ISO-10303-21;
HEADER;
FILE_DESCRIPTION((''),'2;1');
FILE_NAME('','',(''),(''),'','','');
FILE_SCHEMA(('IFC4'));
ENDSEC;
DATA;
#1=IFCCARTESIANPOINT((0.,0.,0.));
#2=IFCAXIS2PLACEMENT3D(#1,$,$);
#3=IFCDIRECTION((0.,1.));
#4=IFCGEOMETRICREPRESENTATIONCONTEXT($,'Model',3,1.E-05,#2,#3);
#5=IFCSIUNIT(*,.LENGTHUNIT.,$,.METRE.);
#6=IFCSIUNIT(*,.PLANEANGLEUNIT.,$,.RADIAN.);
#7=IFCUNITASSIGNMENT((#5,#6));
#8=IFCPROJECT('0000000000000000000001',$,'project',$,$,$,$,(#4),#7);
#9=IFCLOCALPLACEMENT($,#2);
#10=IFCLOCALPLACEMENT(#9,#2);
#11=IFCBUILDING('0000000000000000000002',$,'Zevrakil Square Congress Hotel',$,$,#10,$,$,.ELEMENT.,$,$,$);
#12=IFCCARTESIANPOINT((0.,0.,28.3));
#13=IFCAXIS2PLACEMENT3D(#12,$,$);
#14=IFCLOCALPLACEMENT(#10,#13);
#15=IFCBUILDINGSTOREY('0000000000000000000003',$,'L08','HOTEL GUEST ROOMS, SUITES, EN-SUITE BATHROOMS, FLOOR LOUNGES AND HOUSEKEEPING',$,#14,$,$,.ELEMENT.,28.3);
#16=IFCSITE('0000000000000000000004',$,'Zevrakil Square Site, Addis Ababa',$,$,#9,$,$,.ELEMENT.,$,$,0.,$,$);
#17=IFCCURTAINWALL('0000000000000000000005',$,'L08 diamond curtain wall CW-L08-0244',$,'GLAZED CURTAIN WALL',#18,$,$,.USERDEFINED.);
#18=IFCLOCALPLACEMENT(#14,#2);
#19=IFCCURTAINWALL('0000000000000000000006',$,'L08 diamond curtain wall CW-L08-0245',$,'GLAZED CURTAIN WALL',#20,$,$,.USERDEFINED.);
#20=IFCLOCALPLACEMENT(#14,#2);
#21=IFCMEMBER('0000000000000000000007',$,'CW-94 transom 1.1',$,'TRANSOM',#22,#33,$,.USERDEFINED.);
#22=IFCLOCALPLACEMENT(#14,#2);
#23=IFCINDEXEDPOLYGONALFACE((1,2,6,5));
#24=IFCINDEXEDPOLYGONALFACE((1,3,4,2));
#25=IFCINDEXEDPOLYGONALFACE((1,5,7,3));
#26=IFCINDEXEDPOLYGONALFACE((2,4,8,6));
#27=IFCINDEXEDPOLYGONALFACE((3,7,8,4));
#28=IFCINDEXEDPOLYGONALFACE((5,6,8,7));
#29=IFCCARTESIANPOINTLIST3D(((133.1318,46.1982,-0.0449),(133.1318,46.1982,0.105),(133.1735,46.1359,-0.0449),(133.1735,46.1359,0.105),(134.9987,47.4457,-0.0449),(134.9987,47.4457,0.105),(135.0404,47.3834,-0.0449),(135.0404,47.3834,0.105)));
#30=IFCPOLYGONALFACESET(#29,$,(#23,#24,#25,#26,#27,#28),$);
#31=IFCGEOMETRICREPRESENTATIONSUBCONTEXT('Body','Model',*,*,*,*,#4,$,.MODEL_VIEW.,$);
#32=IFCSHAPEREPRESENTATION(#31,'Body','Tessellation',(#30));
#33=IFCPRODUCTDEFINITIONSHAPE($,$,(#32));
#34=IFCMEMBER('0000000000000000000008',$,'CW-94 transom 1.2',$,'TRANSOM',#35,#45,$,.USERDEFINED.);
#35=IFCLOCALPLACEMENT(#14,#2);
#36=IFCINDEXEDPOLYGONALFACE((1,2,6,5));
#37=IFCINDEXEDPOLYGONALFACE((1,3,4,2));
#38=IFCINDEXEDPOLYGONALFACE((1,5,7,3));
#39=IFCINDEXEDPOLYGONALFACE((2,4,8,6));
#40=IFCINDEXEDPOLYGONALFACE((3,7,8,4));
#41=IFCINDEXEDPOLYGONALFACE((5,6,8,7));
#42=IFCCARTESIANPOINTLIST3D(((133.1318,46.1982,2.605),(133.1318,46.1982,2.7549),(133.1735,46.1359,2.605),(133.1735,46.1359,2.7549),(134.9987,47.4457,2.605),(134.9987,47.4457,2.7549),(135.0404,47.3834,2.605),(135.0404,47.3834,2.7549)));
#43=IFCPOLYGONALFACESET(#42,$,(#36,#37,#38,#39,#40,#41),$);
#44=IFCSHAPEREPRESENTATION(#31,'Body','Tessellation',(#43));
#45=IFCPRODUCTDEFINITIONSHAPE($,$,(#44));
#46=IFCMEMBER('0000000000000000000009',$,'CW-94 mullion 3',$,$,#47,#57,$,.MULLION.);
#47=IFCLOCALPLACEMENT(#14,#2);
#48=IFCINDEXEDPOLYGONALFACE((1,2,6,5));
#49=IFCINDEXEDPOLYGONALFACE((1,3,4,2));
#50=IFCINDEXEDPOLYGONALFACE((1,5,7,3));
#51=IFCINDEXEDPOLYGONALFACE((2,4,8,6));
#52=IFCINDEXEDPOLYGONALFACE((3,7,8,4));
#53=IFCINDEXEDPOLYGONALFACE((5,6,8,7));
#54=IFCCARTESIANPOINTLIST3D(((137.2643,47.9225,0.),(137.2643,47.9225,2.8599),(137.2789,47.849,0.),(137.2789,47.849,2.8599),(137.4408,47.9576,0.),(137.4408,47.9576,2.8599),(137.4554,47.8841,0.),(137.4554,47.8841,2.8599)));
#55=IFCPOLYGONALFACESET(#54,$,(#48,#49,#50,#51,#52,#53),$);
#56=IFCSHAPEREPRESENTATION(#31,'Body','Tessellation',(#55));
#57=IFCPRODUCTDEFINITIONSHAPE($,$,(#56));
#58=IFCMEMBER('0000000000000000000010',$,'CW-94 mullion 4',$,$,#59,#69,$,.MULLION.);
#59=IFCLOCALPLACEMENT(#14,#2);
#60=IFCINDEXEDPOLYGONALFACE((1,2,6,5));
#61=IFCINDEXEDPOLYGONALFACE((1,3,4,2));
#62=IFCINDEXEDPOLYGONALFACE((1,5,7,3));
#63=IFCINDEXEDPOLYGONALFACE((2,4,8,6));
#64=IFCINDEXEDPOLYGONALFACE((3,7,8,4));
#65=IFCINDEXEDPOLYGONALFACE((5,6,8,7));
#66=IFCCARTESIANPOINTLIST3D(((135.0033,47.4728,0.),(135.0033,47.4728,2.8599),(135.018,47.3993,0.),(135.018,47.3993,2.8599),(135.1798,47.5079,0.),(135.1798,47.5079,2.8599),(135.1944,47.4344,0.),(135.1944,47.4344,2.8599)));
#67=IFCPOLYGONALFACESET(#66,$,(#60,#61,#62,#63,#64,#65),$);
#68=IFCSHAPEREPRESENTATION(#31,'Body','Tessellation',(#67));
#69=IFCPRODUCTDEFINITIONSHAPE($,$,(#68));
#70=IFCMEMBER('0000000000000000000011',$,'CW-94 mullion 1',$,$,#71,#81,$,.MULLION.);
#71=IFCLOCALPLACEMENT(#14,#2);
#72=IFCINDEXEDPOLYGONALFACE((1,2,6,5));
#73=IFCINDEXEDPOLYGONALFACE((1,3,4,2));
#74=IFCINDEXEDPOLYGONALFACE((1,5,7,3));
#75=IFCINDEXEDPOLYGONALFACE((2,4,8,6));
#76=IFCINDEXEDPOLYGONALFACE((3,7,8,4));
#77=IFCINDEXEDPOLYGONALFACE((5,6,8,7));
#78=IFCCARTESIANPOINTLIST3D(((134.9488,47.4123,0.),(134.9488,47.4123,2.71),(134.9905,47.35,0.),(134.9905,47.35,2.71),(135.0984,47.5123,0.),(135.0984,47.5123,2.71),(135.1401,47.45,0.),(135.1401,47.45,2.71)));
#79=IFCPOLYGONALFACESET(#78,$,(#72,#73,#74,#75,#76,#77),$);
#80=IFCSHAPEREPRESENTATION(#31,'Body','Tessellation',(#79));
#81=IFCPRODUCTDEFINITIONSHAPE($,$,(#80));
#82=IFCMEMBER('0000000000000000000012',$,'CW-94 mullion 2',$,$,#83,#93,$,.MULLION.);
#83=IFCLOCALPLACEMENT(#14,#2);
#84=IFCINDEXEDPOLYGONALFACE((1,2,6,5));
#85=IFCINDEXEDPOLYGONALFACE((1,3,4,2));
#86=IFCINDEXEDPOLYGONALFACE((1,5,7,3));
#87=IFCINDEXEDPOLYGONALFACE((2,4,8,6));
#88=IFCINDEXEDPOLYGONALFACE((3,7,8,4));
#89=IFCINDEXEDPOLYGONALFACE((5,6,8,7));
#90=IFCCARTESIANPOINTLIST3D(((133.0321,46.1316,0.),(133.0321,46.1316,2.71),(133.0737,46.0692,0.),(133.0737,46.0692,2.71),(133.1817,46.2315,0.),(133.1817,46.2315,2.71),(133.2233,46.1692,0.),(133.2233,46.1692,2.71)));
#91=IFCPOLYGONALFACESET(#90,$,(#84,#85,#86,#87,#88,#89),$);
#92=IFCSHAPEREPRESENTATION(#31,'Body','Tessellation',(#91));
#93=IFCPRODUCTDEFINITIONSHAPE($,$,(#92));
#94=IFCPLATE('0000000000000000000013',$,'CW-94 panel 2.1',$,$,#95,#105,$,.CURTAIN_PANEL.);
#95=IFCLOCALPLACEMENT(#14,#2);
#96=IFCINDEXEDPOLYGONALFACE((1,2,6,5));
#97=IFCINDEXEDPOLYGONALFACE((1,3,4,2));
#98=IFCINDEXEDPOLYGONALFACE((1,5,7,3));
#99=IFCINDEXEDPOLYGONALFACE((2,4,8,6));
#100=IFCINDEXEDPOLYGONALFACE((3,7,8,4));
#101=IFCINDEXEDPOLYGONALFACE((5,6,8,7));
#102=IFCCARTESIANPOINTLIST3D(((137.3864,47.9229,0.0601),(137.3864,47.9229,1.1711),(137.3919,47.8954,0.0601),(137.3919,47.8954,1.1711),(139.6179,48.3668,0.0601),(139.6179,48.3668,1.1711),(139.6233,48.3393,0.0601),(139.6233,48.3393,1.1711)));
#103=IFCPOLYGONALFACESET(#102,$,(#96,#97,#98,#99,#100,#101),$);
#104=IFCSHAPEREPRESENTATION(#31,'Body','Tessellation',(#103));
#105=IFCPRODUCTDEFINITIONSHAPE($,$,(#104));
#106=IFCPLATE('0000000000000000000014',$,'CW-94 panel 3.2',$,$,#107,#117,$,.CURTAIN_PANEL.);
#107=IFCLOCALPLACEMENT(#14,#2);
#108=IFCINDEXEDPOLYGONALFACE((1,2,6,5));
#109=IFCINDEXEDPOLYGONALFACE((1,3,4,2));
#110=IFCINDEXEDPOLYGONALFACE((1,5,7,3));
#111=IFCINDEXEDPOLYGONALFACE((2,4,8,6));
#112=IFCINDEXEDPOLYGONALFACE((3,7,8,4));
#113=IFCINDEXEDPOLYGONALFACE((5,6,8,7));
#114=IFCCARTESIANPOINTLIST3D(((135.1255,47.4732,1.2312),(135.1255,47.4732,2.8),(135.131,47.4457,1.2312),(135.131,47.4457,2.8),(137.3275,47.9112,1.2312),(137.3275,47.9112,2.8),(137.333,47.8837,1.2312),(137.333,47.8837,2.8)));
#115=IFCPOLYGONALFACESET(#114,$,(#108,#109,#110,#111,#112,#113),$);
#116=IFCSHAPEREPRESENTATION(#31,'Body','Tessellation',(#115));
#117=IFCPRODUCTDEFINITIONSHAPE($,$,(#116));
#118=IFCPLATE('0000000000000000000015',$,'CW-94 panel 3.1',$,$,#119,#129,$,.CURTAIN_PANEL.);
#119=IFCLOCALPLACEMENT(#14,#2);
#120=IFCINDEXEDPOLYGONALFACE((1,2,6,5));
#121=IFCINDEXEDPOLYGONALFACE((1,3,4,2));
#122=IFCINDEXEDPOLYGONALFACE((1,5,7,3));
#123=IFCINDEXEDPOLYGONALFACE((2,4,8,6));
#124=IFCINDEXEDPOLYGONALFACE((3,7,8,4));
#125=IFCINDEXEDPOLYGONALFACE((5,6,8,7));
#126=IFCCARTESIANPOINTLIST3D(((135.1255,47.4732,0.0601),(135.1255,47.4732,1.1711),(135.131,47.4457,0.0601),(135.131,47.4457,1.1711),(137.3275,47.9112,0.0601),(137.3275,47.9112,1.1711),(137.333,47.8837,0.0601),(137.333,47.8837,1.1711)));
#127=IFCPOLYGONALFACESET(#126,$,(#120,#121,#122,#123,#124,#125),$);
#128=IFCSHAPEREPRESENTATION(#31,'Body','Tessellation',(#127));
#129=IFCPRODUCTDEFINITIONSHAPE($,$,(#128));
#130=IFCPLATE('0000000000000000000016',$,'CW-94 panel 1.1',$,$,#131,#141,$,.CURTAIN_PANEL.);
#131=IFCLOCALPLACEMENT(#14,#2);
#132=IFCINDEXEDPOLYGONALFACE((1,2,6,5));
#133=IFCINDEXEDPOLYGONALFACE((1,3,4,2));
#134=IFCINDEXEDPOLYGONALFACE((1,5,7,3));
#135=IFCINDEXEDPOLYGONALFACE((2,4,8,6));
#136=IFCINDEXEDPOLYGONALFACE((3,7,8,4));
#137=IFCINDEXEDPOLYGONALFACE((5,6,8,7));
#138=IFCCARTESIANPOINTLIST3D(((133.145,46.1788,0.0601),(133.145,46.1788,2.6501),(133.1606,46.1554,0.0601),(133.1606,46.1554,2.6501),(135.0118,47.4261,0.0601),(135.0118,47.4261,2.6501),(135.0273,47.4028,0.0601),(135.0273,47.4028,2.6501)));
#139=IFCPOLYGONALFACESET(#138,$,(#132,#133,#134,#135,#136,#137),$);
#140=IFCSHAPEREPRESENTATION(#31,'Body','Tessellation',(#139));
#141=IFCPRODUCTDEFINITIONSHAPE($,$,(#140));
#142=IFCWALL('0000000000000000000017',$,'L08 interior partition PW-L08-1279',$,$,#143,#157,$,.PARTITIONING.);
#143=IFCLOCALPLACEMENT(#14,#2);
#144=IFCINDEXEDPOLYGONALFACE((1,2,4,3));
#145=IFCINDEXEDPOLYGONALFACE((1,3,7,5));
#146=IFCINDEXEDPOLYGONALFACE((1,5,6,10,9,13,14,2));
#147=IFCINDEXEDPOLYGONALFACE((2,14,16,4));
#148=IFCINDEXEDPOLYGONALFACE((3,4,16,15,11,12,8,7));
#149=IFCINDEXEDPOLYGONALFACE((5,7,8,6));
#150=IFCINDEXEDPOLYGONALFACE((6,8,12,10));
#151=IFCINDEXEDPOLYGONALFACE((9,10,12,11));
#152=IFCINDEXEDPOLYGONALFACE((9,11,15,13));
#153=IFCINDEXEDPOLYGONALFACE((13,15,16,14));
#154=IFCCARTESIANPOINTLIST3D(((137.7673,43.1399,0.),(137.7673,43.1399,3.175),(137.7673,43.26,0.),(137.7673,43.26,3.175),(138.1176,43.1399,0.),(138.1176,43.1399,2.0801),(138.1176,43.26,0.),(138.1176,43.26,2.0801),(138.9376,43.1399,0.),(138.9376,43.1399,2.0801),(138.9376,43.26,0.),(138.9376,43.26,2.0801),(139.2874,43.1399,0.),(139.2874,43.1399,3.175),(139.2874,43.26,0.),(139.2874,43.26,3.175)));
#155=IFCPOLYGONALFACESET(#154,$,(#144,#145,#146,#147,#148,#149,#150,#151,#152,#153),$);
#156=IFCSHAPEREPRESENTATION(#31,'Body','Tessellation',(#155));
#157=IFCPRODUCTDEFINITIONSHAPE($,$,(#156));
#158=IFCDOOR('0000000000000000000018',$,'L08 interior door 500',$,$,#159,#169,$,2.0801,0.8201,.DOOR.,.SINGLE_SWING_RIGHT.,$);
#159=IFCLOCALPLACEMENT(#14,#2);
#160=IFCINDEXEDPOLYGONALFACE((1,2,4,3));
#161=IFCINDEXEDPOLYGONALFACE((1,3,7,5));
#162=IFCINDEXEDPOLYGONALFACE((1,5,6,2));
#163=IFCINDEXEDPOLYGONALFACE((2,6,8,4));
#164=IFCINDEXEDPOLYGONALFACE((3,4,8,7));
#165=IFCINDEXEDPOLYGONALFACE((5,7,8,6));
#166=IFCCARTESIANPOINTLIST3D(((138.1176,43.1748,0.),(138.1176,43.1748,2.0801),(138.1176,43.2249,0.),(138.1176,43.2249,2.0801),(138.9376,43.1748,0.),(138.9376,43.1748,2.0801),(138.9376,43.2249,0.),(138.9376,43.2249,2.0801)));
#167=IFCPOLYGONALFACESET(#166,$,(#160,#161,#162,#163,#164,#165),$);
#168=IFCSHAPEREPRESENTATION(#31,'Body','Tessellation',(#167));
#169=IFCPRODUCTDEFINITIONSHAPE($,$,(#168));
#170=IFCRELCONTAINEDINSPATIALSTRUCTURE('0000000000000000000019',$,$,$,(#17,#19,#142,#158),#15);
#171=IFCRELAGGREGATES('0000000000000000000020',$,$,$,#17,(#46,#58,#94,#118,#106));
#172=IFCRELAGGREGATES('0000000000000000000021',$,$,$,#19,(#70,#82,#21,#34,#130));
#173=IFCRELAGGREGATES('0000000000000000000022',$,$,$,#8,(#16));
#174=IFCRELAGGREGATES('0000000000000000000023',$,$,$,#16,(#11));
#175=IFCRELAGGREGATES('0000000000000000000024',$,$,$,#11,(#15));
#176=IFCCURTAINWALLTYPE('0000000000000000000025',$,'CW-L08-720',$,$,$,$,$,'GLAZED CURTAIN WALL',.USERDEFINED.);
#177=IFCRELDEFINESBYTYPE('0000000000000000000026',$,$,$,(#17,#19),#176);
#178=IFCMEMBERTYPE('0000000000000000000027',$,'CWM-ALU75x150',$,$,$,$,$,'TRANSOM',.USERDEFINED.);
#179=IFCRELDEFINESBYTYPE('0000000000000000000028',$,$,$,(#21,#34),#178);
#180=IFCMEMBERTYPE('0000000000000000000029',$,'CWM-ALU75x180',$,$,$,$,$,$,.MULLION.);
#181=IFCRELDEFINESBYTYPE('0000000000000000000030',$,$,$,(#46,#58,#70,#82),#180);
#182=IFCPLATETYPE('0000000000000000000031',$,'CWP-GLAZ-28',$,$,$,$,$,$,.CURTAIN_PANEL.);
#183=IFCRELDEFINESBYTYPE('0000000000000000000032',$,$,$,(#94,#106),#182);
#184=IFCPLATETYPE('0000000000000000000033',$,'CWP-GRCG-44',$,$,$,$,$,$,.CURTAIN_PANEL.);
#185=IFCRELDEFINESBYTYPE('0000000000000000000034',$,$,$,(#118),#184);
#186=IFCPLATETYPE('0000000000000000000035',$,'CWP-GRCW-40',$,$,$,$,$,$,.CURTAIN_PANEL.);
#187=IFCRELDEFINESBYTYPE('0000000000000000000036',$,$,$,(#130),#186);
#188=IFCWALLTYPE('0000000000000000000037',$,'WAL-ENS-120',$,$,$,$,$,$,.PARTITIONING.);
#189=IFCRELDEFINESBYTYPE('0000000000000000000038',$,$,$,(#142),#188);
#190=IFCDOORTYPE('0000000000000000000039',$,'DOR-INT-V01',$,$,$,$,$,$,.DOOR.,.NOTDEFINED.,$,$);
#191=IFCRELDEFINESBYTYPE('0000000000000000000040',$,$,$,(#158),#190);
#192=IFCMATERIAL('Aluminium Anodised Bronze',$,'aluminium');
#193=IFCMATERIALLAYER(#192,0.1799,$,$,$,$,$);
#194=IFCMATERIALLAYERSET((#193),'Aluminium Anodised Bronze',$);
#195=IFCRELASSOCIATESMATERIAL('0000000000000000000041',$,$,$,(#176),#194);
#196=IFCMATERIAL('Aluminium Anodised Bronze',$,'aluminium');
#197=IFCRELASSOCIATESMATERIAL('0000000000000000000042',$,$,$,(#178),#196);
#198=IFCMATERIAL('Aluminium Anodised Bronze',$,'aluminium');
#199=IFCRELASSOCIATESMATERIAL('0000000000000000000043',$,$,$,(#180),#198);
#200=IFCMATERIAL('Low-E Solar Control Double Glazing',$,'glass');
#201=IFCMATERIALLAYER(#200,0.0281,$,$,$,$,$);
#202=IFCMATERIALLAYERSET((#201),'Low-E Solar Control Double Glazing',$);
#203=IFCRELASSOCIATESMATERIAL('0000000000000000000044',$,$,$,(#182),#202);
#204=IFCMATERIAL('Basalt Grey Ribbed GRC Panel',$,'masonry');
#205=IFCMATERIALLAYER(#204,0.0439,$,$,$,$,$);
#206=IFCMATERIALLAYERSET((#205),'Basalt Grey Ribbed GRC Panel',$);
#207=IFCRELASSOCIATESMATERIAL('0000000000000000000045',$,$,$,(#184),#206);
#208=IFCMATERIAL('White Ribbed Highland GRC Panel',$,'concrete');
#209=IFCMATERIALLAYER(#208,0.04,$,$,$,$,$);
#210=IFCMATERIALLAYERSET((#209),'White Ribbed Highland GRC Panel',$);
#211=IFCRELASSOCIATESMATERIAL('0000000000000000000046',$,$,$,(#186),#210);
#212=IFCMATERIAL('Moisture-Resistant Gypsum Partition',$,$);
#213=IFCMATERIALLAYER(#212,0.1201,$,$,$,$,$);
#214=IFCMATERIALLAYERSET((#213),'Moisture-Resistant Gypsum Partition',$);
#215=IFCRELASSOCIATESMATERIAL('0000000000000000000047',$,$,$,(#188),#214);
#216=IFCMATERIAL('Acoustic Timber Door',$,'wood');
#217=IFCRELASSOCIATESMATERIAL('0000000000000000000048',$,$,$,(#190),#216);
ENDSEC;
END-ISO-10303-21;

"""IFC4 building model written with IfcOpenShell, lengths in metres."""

from ifc_helpers import new_model, si_unit, direction, frame, frame_2d, origin, origin_2d, place, context, subcontext, project, spatial, rectangle, extrude, material, layer, layer_set, material_profile, profile_set, type_object, element, fill, aggregate, save


model = new_model("IFC4")

# Units and contexts
model_context = context("Model", 3, precision=1e-05, world=origin(), true_north=direction((0.0, 1.0)))
body_context = subcontext(model_context, "Body", "Model", "MODEL_VIEW")
ifc_project = project(units=[si_unit("LENGTHUNIT", "METRE"), si_unit("PLANEANGLEUNIT", "RADIAN")], contexts=[model_context])

# Site, building, storey
site_placement = place(None, origin())
site = spatial("IfcSite", under=ifc_project, at=site_placement, Name="Zevrakil Square Site, Addis Ababa", CompositionType="ELEMENT", RefElevation=0.0)
building_placement = place(site_placement, origin())
building = spatial("IfcBuilding", under=site, at=building_placement, Name="Zevrakil Square Congress Hotel", CompositionType="ELEMENT")
storey_placement = place(building_placement, frame((0.0, 0.0, 28.3)))
storey = spatial("IfcBuildingStorey", under=building, at=storey_placement, Name="L08", Description="HOTEL GUEST ROOMS, SUITES, EN-SUITE BATHROOMS, FLOOR LOUNGES AND HOUSEKEEPING", CompositionType="ELEMENT", Elevation=28.3)

# Curtain walls, members
ifc_material_1 = material(Name="Aluminium Anodised Bronze", Category="aluminium")
ifc_layer_1 = layer(ifc_material_1, 0.1799)
ifc_layer_set_1 = layer_set([ifc_layer_1], Name="Aluminium Anodised Bronze")
curtain_wall_type = type_object("IfcCurtainWallType", Name="CW-L08-720", ElementType="GLAZED CURTAIN WALL", PredefinedType="USERDEFINED", material=ifc_layer_set_1)
curtain_wall_1_placement = place(storey_placement, origin())
curtain_wall_1 = element("IfcCurtainWall", 1, at=curtain_wall_1_placement, inside=storey, type_object=curtain_wall_type, Name="L08 diamond curtain wall CW-L08-0244", ObjectType="GLAZED CURTAIN WALL", PredefinedType="USERDEFINED")
ifc_material_2 = material(Name="Aluminium Anodised Bronze", Category="aluminium")
ifc_material_profile_1 = material_profile(ifc_material_2, rectangle(XDim=0.075, YDim=0.1499, at=origin_2d()), Name="ALU 75x150")
ifc_profile_set_1 = profile_set([ifc_material_profile_1], Name="Aluminium Anodised Bronze")
member_type_1 = type_object("IfcMemberType", Name="CWM-ALU75x150", ElementType="TRANSOM", PredefinedType="USERDEFINED", material=ifc_profile_set_1)
curtain_wall_2_placement = place(storey_placement, origin())
curtain_wall_2 = element("IfcCurtainWall", 2, at=curtain_wall_2_placement, inside=storey, type_object=curtain_wall_type, Name="L08 diamond curtain wall CW-L08-0245", ObjectType="GLAZED CURTAIN WALL", PredefinedType="USERDEFINED")
member_1_placement = place(storey_placement, frame((135.0195, 47.4146, 0.03), z_axis=(-0.831448, -0.555603, 0.0), x_axis=(0.555603, -0.831448, 0.0)))
member_1 = element("IfcMember", 3, at=member_1_placement, type_object=member_type_1, Name="CW-94 transom 1.1", ObjectType="TRANSOM", PredefinedType="USERDEFINED", context=body_context, shape_type="SweptSolid", body=[
    extrude(rectangle(XDim=0.075, YDim=0.1499, at=origin_2d()), origin(), (0.0, 0.0, 1.0), 2.2454),
])
member_2_placement = place(storey_placement, frame((135.0195, 47.4146, 2.6799), z_axis=(-0.831448, -0.555603, 0.0), x_axis=(0.555603, -0.831448, 0.0)))
member_2 = element("IfcMember", 4, at=member_2_placement, type_object=member_type_1, Name="CW-94 transom 1.2", ObjectType="TRANSOM", PredefinedType="USERDEFINED", context=body_context, shape_type="SweptSolid", body=[
    extrude(rectangle(XDim=0.075, YDim=0.1499, at=origin_2d()), origin(), (0.0, 0.0, 1.0), 2.2454),
])

# Members
ifc_material_3 = material(Name="Aluminium Anodised Bronze", Category="aluminium")
ifc_material_profile_2 = material_profile(ifc_material_3, rectangle(XDim=0.075, YDim=0.1799, at=origin_2d()), Name="ALU 75x180")
ifc_profile_set_2 = profile_set([ifc_material_profile_2], Name="Aluminium Anodised Bronze")
member_type_2 = type_object("IfcMemberType", Name="CWM-ALU75x180", PredefinedType="MULLION", material=ifc_profile_set_2)
member_3_placement = place(storey_placement, frame((137.3599, 47.9033, 0.0), z_axis=(0.0, 0.0, 1.0), x_axis=(0.195084, -0.980787, 0.0)))
member_3 = element("IfcMember", 5, at=member_3_placement, type_object=member_type_2, Name="CW-94 mullion 3", PredefinedType="MULLION", context=body_context, shape_type="SweptSolid", body=[
    extrude(rectangle(XDim=0.075, YDim=0.1799, at=origin_2d()), origin(), (0.0, 0.0, 1.0), 2.8599),
])
member_4_placement = place(storey_placement, frame((135.0989, 47.4536, 0.0), z_axis=(0.0, 0.0, 1.0), x_axis=(0.195084, -0.980787, 0.0)))
member_4 = element("IfcMember", 6, at=member_4_placement, type_object=member_type_2, Name="CW-94 mullion 4", PredefinedType="MULLION", context=body_context, shape_type="SweptSolid", body=[
    extrude(rectangle(XDim=0.075, YDim=0.1799, at=origin_2d()), origin(), (0.0, 0.0, 1.0), 2.8599),
])
member_5_placement = place(storey_placement, frame((135.0444, 47.4312, 0.0), z_axis=(0.0, 0.0, 1.0), x_axis=(0.555576, -0.831466, 0.0)))
member_5 = element("IfcMember", 7, at=member_5_placement, type_object=member_type_2, Name="CW-94 mullion 1", PredefinedType="MULLION", context=body_context, shape_type="SweptSolid", body=[
    extrude(rectangle(XDim=0.075, YDim=0.1799, at=origin_2d()), origin(), (0.0, 0.0, 1.0), 2.71),
])
member_6_placement = place(storey_placement, frame((133.1277, 46.1504, 0.0), z_axis=(0.0, 0.0, 1.0), x_axis=(0.555576, -0.831466, 0.0)))
member_6 = element("IfcMember", 8, at=member_6_placement, type_object=member_type_2, Name="CW-94 mullion 2", PredefinedType="MULLION", context=body_context, shape_type="SweptSolid", body=[
    extrude(rectangle(XDim=0.075, YDim=0.1799, at=origin_2d()), origin(), (0.0, 0.0, 1.0), 2.71),
])

# Plates
ifc_material_4 = material(Name="Low-E Solar Control Double Glazing", Category="glass")
ifc_layer_2 = layer(ifc_material_4, 0.0281)
ifc_layer_set_2 = layer_set([ifc_layer_2], Name="Low-E Solar Control Double Glazing")
plate_type_1 = type_object("IfcPlateType", Name="CWP-GLAZ-28", PredefinedType="CURTAIN_PANEL", material=ifc_layer_set_2)
plate_1_placement = place(storey_placement, frame((138.5049, 48.1311, 0.0601), z_axis=(0.0, 0.0, 1.0), x_axis=(-0.980787, -0.195084, 0.0)))
plate_1 = element("IfcPlate", 9, at=plate_1_placement, type_object=plate_type_1, Name="CW-94 panel 2.1", PredefinedType="CURTAIN_PANEL", context=body_context, shape_type="SweptSolid", body=[
    extrude(rectangle(XDim=2.2751, YDim=0.0281, at=origin_2d()), origin(), (0.0, 0.0, 1.0), 1.1111),
])
plate_2_placement = place(storey_placement, frame((136.2292, 47.6785, 1.2312), z_axis=(0.0, 0.0, 1.0), x_axis=(-0.980787, -0.195084, 0.0)))
plate_2 = element("IfcPlate", 10, at=plate_2_placement, type_object=plate_type_1, Name="CW-94 panel 3.2", PredefinedType="CURTAIN_PANEL", context=body_context, shape_type="SweptSolid", body=[
    extrude(rectangle(XDim=2.2451, YDim=0.0281, at=origin_2d()), origin(), (0.0, 0.0, 1.0), 1.5688),
])
ifc_material_5 = material(Name="Basalt Grey Ribbed GRC Panel", Category="masonry")
ifc_layer_3 = layer(ifc_material_5, 0.0439)
ifc_layer_set_3 = layer_set([ifc_layer_3], Name="Basalt Grey Ribbed GRC Panel")
plate_type_2 = type_object("IfcPlateType", Name="CWP-GRCG-44", PredefinedType="CURTAIN_PANEL", material=ifc_layer_set_3)
plate_3_placement = place(storey_placement, frame((136.2292, 47.6785, 0.0601), z_axis=(0.0, 0.0, 1.0), x_axis=(-0.980787, -0.195084, 0.0)))
plate_3 = element("IfcPlate", 11, at=plate_3_placement, type_object=plate_type_2, Name="CW-94 panel 3.1", PredefinedType="CURTAIN_PANEL", context=body_context, shape_type="SweptSolid", body=[
    extrude(rectangle(XDim=2.2451, YDim=0.0281, at=origin_2d()), origin(), (0.0, 0.0, 1.0), 1.1111),
])
aggregate(curtain_wall_1, [member_3, member_4, plate_1, plate_3, plate_2])
ifc_material_6 = material(Name="White Ribbed Highland GRC Panel", Category="concrete")
ifc_layer_4 = layer(ifc_material_6, 0.04)
ifc_layer_set_4 = layer_set([ifc_layer_4], Name="White Ribbed Highland GRC Panel")
plate_type_3 = type_object("IfcPlateType", Name="CWP-GRCW-40", PredefinedType="CURTAIN_PANEL", material=ifc_layer_set_4)
plate_4_placement = place(storey_placement, frame((134.0862, 46.7908, 0.0601), z_axis=(0.0, 0.0, 1.0), x_axis=(-0.831466, -0.555576, 0.0)))
plate_4 = element("IfcPlate", 12, at=plate_4_placement, type_object=plate_type_3, Name="CW-94 panel 1.1", PredefinedType="CURTAIN_PANEL", context=body_context, shape_type="SweptSolid", body=[
    extrude(rectangle(XDim=2.2451, YDim=0.0281, at=origin_2d()), origin(), (0.0, 0.0, 1.0), 2.5901),
])
aggregate(curtain_wall_2, [member_5, member_6, member_1, member_2, plate_4])

# Wall, opening, door
ifc_material_7 = material(Name="Moisture-Resistant Gypsum Partition")
ifc_layer_5 = layer(ifc_material_7, 0.1201)
ifc_layer_set_5 = layer_set([ifc_layer_5], Name="Moisture-Resistant Gypsum Partition")
wall_type = type_object("IfcWallType", Name="WAL-ENS-120", PredefinedType="PARTITIONING", material=ifc_layer_set_5)
wall_1_placement = place(storey_placement, frame((137.7673, 43.2, 0.0), z_axis=(0.0, 0.0, 1.0), x_axis=(1.0, 0.0, 0.0)))
wall_1 = element("IfcWall", 13, at=wall_1_placement, inside=storey, type_object=wall_type, Name="L08 interior partition PW-L08-1279", PredefinedType="PARTITIONING", context=body_context, shape_type="SweptSolid", body=[
    extrude(rectangle(XDim=1.52, YDim=0.1201, at=frame_2d((0.76, 0.0))), origin(), (0.0, 0.0, 1.0), 3.175),
])
opening_1_placement = place(wall_1_placement, frame((0.3501, 0.0, 0.0)))
opening_1 = element("IfcOpeningElement", 14, at=opening_1_placement, cuts=wall_1, PredefinedType="OPENING", context=body_context, shape_type="SweptSolid", body=[
    extrude(rectangle(XDim=0.8201, YDim=2.0801, at=frame_2d((0.4102, 1.04))), frame((0.0, 0.0701, 0.0), z_axis=(0.0, -1.0, 0.0), x_axis=(1.0, 0.0, 0.0)), (0.0, 0.0, 1.0), 0.1401),
])
ifc_material_8 = material(Name="Acoustic Timber Door", Category="wood")
door_type = type_object("IfcDoorType", Name="DOR-INT-V01", OperationType="NOTDEFINED", PredefinedType="DOOR", material=ifc_material_8)
door_1_placement = place(opening_1_placement, origin())
door_1 = element("IfcDoor", 15, at=door_1_placement, inside=storey, type_object=door_type, Name="L08 interior door 500", OperationType="SINGLE_SWING_RIGHT", OverallHeight=2.0801, OverallWidth=0.8201, PredefinedType="DOOR", context=body_context, shape_type="SweptSolid", body=[
    extrude(rectangle(XDim=0.8201, YDim=2.0801, at=frame_2d((0.4102, 1.04))), frame((0.0, 0.0249, 0.0), z_axis=(0.0, -1.0, 0.0), x_axis=(1.0, 0.0, 0.0)), (0.0, 0.0, 1.0), 0.05),
])
fill(opening_1, door_1)

save(model, "model.ifc")
